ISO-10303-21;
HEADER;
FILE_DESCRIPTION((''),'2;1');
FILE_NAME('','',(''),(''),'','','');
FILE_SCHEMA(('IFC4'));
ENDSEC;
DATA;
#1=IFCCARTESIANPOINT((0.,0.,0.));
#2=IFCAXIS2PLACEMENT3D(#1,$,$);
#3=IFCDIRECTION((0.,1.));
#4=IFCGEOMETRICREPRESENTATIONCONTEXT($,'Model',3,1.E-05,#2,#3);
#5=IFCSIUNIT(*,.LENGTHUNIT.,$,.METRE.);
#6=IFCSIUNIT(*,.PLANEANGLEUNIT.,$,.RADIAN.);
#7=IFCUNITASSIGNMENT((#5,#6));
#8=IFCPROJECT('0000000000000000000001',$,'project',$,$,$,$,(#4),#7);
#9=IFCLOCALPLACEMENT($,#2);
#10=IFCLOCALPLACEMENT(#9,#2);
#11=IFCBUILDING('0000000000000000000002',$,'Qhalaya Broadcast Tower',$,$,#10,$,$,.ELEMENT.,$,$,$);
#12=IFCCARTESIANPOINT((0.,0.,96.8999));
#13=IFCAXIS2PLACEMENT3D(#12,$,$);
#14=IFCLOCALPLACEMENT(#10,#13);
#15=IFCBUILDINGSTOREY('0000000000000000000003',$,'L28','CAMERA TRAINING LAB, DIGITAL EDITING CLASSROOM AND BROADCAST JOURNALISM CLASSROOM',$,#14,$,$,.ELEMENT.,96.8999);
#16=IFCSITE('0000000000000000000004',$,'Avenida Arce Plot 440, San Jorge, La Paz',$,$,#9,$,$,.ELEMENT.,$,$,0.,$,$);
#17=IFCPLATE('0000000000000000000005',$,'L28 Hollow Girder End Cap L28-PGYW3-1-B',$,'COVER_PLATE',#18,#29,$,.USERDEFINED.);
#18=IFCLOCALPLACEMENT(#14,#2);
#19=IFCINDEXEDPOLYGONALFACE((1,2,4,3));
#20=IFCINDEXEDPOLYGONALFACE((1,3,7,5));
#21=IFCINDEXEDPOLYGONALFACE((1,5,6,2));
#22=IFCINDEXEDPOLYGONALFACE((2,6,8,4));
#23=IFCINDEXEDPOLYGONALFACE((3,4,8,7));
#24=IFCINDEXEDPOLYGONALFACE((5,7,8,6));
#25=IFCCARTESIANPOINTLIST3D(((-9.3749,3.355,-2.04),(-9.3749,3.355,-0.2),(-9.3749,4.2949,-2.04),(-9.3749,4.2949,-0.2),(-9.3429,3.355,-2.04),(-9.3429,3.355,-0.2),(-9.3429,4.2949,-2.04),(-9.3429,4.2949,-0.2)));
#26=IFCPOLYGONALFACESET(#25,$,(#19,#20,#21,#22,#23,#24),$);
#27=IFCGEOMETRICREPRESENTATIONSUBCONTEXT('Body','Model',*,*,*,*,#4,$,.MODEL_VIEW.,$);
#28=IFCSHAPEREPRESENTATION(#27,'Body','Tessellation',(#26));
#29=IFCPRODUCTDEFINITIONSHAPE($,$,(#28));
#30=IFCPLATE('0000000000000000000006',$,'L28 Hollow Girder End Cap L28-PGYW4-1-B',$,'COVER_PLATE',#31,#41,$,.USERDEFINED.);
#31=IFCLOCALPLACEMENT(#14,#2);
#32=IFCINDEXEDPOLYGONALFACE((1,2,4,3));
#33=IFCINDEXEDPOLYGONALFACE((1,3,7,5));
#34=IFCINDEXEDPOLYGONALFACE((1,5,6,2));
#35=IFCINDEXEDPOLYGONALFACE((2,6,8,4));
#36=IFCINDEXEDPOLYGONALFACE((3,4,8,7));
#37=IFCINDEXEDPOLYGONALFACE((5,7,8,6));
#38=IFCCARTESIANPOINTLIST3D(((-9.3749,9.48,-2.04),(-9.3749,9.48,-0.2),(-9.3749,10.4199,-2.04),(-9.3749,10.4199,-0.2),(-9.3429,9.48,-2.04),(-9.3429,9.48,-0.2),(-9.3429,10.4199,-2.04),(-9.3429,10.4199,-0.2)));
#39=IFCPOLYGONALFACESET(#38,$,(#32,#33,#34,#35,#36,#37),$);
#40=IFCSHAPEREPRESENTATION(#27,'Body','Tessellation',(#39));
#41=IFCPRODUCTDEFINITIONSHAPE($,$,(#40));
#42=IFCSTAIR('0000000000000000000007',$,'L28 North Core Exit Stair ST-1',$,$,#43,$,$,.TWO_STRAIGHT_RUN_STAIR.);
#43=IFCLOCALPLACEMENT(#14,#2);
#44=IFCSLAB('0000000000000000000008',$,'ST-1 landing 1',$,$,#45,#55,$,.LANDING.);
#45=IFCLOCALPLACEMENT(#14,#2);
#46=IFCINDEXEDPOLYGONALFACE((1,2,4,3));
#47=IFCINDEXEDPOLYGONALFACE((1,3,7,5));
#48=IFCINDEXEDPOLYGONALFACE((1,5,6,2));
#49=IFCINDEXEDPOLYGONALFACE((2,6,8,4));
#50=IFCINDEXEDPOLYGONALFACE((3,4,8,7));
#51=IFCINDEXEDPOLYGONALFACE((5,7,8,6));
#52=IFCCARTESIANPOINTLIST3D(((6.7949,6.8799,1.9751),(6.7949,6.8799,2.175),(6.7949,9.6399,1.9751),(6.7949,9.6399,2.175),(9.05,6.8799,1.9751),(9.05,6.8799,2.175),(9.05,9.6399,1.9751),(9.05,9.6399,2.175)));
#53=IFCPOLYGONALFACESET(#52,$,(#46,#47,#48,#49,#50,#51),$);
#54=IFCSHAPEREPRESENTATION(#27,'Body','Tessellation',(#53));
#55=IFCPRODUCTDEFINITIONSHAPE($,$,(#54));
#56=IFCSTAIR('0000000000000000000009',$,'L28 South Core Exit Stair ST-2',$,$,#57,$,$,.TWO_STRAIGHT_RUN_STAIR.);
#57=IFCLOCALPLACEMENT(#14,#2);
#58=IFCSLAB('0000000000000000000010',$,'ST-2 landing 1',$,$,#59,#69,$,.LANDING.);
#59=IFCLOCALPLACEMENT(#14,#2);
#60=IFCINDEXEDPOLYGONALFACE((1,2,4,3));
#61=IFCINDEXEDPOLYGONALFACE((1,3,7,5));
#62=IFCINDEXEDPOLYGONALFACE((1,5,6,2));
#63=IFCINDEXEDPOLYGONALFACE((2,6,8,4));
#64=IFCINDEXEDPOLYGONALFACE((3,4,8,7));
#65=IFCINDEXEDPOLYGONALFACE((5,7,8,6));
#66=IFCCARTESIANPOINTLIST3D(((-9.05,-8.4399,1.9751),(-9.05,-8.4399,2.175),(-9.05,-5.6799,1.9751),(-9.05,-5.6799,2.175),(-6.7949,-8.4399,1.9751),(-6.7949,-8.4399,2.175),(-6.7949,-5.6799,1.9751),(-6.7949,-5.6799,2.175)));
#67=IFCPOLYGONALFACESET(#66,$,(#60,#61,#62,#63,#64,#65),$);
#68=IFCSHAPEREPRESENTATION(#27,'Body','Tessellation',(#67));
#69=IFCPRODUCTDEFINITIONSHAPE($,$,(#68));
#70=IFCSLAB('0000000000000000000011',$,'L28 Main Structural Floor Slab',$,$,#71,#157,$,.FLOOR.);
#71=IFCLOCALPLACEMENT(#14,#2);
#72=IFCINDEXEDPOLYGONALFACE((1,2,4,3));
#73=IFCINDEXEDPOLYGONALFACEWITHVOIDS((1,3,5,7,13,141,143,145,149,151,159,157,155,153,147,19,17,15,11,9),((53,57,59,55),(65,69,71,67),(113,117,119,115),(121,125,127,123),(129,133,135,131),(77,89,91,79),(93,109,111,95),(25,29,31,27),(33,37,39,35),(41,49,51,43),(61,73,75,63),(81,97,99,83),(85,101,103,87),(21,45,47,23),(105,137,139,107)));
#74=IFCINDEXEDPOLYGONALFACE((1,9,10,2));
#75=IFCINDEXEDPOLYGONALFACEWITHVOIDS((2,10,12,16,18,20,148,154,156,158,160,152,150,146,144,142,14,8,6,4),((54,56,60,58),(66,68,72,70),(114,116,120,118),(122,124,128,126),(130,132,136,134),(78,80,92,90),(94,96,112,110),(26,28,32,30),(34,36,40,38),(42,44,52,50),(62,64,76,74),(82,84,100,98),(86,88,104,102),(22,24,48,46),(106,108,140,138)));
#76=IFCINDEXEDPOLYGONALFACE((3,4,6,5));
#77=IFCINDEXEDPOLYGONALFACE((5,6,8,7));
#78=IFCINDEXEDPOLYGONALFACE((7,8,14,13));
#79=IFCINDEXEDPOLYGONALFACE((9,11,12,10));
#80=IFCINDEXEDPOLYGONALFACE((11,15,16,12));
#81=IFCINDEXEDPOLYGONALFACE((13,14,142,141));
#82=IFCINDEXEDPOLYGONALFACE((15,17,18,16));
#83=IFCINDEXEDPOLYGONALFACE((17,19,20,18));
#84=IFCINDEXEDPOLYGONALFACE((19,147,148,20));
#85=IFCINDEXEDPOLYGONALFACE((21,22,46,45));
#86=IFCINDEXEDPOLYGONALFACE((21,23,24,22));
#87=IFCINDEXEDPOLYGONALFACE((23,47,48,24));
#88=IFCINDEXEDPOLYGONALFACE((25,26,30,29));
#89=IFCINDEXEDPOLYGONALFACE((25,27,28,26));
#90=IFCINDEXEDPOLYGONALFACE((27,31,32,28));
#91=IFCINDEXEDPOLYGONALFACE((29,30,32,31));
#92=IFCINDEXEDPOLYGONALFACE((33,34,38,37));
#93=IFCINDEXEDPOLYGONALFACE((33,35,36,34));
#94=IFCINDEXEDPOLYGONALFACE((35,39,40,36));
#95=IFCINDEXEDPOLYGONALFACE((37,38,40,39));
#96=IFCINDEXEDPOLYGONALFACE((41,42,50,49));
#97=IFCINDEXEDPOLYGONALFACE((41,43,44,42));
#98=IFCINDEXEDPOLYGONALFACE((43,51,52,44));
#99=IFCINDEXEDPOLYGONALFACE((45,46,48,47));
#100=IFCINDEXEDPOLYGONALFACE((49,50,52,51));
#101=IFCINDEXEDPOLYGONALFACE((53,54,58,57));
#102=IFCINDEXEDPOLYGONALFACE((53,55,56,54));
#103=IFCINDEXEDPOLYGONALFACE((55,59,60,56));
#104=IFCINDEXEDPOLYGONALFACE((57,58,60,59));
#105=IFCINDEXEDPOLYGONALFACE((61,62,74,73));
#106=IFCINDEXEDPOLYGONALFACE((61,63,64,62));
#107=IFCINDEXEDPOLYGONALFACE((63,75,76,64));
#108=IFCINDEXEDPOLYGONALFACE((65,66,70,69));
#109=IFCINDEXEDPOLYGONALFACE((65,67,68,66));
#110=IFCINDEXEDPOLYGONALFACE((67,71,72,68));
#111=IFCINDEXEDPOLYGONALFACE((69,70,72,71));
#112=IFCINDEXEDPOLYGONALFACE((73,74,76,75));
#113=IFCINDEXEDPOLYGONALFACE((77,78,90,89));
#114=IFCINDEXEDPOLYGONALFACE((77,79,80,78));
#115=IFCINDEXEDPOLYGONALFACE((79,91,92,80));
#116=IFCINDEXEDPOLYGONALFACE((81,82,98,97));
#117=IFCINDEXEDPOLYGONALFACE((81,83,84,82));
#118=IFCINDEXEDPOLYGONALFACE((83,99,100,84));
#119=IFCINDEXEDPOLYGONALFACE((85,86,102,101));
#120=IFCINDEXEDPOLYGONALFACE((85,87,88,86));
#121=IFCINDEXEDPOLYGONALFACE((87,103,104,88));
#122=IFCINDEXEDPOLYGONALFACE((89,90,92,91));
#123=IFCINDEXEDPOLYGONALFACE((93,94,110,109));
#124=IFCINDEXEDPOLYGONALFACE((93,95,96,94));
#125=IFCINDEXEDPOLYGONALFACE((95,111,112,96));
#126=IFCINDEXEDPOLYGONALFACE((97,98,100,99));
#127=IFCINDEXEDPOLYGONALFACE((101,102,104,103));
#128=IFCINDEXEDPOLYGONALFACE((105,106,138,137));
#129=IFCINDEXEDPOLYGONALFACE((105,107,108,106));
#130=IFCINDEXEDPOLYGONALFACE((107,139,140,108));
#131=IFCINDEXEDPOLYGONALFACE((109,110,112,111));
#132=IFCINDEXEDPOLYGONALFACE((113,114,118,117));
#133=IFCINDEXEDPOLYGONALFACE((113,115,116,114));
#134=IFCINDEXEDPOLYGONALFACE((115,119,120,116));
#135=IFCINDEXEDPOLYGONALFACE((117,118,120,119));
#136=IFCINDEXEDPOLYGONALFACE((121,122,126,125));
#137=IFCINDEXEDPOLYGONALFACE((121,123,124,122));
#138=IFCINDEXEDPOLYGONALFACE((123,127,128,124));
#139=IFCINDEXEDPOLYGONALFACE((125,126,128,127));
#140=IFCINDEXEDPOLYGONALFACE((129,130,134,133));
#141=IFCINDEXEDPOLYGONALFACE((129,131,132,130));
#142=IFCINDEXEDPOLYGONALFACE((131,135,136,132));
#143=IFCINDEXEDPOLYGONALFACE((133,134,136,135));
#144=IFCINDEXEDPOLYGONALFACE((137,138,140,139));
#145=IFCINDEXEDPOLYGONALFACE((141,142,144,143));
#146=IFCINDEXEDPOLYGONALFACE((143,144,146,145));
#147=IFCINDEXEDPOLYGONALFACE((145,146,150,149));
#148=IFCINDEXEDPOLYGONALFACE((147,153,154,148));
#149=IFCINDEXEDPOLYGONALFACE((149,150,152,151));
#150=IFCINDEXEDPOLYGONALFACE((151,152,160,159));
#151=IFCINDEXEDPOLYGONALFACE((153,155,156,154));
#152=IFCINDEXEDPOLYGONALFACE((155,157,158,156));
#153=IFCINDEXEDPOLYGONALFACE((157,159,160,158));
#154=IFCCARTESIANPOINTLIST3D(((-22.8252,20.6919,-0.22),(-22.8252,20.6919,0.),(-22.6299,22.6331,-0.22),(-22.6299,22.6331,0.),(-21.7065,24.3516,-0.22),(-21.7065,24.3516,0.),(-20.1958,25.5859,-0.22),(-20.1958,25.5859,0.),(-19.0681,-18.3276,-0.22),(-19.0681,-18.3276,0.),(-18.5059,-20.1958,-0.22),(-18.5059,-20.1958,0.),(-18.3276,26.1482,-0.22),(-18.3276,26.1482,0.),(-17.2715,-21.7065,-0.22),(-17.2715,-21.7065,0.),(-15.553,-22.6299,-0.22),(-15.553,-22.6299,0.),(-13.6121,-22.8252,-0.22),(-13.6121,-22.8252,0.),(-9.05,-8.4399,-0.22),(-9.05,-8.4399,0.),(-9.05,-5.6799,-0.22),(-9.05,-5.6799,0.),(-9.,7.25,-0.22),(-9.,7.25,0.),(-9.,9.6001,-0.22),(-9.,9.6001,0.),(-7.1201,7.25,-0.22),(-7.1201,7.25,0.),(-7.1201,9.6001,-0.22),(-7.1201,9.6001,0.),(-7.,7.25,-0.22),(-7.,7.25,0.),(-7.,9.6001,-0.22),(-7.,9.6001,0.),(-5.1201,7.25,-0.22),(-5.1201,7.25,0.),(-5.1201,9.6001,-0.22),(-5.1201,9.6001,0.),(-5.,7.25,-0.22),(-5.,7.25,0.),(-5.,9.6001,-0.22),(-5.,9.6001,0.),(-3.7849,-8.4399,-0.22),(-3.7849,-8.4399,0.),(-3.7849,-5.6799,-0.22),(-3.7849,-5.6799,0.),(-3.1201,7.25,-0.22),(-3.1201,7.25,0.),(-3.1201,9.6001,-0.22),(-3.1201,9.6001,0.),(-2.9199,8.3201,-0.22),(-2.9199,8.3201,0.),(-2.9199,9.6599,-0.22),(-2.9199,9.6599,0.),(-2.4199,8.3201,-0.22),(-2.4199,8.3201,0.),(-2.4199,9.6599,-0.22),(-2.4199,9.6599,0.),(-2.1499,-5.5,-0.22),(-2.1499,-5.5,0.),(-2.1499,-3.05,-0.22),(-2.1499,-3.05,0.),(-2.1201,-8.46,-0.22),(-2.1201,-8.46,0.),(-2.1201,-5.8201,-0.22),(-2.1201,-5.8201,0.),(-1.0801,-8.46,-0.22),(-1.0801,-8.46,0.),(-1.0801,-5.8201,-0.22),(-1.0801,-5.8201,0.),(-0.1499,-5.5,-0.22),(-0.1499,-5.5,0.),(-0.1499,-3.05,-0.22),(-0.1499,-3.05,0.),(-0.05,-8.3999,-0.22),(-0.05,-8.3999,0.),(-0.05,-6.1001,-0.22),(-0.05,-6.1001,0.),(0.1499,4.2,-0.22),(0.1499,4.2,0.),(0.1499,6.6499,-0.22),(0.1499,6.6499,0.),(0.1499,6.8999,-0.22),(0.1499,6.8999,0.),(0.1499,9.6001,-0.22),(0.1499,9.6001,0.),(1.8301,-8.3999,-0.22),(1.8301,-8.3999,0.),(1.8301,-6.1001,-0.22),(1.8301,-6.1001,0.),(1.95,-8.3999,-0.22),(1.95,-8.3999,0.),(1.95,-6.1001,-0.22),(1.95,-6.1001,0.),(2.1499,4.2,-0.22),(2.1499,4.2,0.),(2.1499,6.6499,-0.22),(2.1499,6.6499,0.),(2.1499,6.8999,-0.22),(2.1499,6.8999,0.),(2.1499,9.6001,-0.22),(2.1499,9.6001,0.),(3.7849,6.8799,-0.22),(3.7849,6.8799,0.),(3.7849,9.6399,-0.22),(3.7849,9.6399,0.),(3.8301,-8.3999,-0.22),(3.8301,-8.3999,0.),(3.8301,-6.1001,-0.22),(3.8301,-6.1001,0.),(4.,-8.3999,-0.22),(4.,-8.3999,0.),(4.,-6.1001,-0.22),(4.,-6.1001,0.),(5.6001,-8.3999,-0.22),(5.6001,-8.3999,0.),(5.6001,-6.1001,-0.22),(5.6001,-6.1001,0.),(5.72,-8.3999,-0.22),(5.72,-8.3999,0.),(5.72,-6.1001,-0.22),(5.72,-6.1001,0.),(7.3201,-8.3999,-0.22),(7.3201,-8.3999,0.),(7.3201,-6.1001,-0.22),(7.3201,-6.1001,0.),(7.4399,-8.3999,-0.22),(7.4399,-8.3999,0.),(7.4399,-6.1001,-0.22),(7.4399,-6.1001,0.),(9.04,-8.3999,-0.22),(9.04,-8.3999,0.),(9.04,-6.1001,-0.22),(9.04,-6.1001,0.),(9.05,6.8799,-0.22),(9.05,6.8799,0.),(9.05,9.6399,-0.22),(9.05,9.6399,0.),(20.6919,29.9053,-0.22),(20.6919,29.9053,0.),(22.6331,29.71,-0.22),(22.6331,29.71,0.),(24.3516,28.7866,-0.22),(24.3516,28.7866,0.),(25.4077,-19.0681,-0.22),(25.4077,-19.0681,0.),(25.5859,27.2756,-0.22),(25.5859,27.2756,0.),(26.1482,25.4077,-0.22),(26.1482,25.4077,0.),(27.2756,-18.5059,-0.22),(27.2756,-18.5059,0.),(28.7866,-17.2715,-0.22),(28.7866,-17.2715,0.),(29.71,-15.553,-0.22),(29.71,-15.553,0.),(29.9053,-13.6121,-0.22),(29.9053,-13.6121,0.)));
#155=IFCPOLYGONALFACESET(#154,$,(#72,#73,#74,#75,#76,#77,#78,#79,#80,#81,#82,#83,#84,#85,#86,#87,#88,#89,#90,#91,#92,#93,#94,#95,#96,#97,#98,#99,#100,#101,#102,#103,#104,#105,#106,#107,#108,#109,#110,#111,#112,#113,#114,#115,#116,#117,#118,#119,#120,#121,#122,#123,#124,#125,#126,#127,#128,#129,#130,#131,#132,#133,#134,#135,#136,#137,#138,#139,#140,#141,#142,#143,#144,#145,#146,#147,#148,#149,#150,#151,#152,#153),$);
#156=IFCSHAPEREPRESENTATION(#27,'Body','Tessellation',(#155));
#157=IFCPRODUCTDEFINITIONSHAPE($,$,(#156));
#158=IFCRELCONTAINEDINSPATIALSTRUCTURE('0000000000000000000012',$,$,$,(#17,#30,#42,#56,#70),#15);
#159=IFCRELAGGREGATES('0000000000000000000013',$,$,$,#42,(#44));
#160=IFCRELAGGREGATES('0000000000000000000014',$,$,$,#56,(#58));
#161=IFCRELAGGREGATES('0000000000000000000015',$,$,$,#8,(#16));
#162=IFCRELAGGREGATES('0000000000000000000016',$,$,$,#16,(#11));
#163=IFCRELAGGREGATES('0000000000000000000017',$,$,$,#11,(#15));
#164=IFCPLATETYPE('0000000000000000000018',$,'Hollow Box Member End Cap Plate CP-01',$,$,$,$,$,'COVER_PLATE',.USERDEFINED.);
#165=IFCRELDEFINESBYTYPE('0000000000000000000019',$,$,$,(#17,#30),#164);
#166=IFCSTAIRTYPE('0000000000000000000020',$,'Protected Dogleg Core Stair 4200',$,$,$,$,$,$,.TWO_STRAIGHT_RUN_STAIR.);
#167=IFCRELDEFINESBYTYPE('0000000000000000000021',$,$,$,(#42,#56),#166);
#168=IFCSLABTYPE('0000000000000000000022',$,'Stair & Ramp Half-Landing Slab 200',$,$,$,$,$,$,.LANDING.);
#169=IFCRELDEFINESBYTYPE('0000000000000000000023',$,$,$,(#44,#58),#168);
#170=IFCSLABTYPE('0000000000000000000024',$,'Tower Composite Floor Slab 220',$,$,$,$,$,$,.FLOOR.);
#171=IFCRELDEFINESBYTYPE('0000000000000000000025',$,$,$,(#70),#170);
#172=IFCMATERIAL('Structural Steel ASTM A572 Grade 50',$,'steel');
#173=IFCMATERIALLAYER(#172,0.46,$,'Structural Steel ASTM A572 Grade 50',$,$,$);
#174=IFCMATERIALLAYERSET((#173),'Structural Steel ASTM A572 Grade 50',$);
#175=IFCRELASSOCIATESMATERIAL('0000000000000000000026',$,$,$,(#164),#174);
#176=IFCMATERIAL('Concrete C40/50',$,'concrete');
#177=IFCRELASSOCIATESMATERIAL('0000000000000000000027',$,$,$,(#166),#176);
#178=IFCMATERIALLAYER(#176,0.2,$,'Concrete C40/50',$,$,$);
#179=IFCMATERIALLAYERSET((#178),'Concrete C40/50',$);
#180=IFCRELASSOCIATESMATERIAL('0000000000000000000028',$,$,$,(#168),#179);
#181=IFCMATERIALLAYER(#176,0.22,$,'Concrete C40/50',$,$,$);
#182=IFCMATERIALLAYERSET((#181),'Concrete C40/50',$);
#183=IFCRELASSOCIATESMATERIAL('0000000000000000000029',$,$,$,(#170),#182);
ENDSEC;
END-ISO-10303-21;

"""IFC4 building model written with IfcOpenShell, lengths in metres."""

from ifc_helpers import new_model, si_unit, direction, frame, origin, origin_2d, place, context, subcontext, project, spatial, polyline, rectangle, outline, extrude, material, layer, layer_set, type_object, element, aggregate, save


model = new_model("IFC4")

# Units and contexts
model_context = context("Model", 3, precision=1e-05, world=origin(), true_north=direction((0.0, 1.0)))
body_context = subcontext(model_context, "Body", "Model", "MODEL_VIEW")
ifc_project = project(units=[si_unit("LENGTHUNIT", "METRE"), si_unit("PLANEANGLEUNIT", "RADIAN")], contexts=[model_context])

# Site, building, storey
site_placement = place(None, origin())
site = spatial("IfcSite", under=ifc_project, at=site_placement, Name="Avenida Arce Plot 440, San Jorge, La Paz", CompositionType="ELEMENT", RefElevation=0.0)
building_placement = place(site_placement, origin())
building = spatial("IfcBuilding", under=site, at=building_placement, Name="Qhalaya Broadcast Tower", CompositionType="ELEMENT")
storey_placement = place(building_placement, frame((0.0, 0.0, 96.8999)))
storey = spatial("IfcBuildingStorey", under=building, at=storey_placement, Name="L28", Description="CAMERA TRAINING LAB, DIGITAL EDITING CLASSROOM AND BROADCAST JOURNALISM CLASSROOM", CompositionType="ELEMENT", Elevation=96.8999)

# Plates
ifc_material_1 = material(Name="Structural Steel ASTM A572 Grade 50", Category="steel")
ifc_layer_1 = layer(ifc_material_1, 0.46, Name="Structural Steel ASTM A572 Grade 50")
ifc_layer_set_1 = layer_set([ifc_layer_1], Name="Structural Steel ASTM A572 Grade 50")
plate_type = type_object("IfcPlateType", Name="Hollow Box Member End Cap Plate CP-01", ElementType="COVER_PLATE", PredefinedType="USERDEFINED", material=ifc_layer_set_1)
for number, where, z_axis, x_axis, name in (
    (1, (-9.3589, 3.825, -2.04), (0.0, 0.0, 1.0), (0.0, 1.0, 0.0), "L28 Hollow Girder End Cap L28-PGYW3-1-B"),
    (2, (-9.3589, 9.95, -2.04), (0.0, 0.0, 1.0), (0.0, 1.0, 0.0), "L28 Hollow Girder End Cap L28-PGYW4-1-B"),
):
    element("IfcPlate", number, at=place(storey_placement, frame(where, z_axis=z_axis, x_axis=x_axis)), inside=storey, type_object=plate_type, Name=name, ObjectType="COVER_PLATE", PredefinedType="USERDEFINED", context=body_context, shape_type="SweptSolid", body=[
        extrude(rectangle(XDim=0.9399, YDim=0.032, at=origin_2d()), origin(), (0.0, 0.0, 1.0), 1.8401),
    ])

# Stairs, slabs
ifc_material_2 = material(Name="Concrete C40/50", Category="concrete")
stair_type = type_object("IfcStairType", Name="Protected Dogleg Core Stair 4200", PredefinedType="TWO_STRAIGHT_RUN_STAIR", material=ifc_material_2)
stair_1_placement = place(storey_placement, origin())
stair_1 = element("IfcStair", 3, at=stair_1_placement, inside=storey, type_object=stair_type, Name="L28 North Core Exit Stair ST-1", PredefinedType="TWO_STRAIGHT_RUN_STAIR")
ifc_layer_2 = layer(ifc_material_2, 0.2, Name="Concrete C40/50")
ifc_layer_set_2 = layer_set([ifc_layer_2], Name="Concrete C40/50")
slab_type_1 = type_object("IfcSlabType", Name="Stair & Ramp Half-Landing Slab 200", PredefinedType="LANDING", material=ifc_layer_set_2)
slab_1_placement = place(storey_placement, frame((0.0, 0.0, 1.9751)))
slab_1 = element("IfcSlab", 4, at=slab_1_placement, type_object=slab_type_1, Name="ST-1 landing 1", PredefinedType="LANDING", context=body_context, shape_type="SweptSolid", body=[
    extrude(outline(polyline([(6.7949, 6.8799), (9.05, 6.8799), (9.05, 9.6399), (6.7949, 9.6399), (6.7949, 6.8799)])), origin(), (0.0, 0.0, 1.0), 0.2),
])
aggregate(stair_1, [slab_1])
stair_2_placement = place(storey_placement, origin())
stair_2 = element("IfcStair", 5, at=stair_2_placement, inside=storey, type_object=stair_type, Name="L28 South Core Exit Stair ST-2", PredefinedType="TWO_STRAIGHT_RUN_STAIR")
slab_2_placement = place(storey_placement, frame((0.0, 0.0, 1.9751)))
slab_2 = element("IfcSlab", 6, at=slab_2_placement, type_object=slab_type_1, Name="ST-2 landing 1", PredefinedType="LANDING", context=body_context, shape_type="SweptSolid", body=[
    extrude(outline(polyline([(-6.7949, -5.6799), (-9.05, -5.6799), (-9.05, -8.4399), (-6.7949, -8.4399), (-6.7949, -5.6799)])), origin(), (0.0, 0.0, 1.0), 0.2),
])
aggregate(stair_2, [slab_2])

# Slab
ifc_layer_3 = layer(ifc_material_2, 0.22, Name="Concrete C40/50")
ifc_layer_set_3 = layer_set([ifc_layer_3], Name="Concrete C40/50")
slab_type_2 = type_object("IfcSlabType", Name="Tower Composite Floor Slab 220", PredefinedType="FLOOR", material=ifc_layer_set_3)
slab_3_placement = place(storey_placement, frame((0.0, 0.0, -0.22)))
element("IfcSlab", 7, at=slab_3_placement, inside=storey, type_object=slab_type_2, Name="L28 Main Structural Floor Slab", PredefinedType="FLOOR", context=body_context, shape_type="SweptSolid", body=[
    extrude(outline(polyline([(25.4077, -19.0681), (27.2756, -18.5059), (28.7866, -17.2715), (29.71, -15.553), (29.9053, -13.6121), (26.1482, 25.4077), (25.5859, 27.2756), (24.3516, 28.7866), (22.6331, 29.71), (20.6919, 29.9053), (-18.3276, 26.1482), (-20.1958, 25.5859), (-21.7065, 24.3516), (-22.6299, 22.6331), (-22.8252, 20.6919), (-19.0681, -18.3276), (-18.5059, -20.1958), (-17.2715, -21.7065), (-15.553, -22.6299), (-13.6121, -22.8252), (25.4077, -19.0681)]), holes=[polyline([(3.7849, 9.6399), (9.05, 9.6399), (9.05, 6.8799), (3.7849, 6.8799), (3.7849, 9.6399)]), polyline([(-3.7849, -8.4399), (-9.05, -8.4399), (-9.05, -5.6799), (-3.7849, -5.6799), (-3.7849, -8.4399)]), polyline([(0.1499, 6.6499), (2.1499, 6.6499), (2.1499, 4.2), (0.1499, 4.2), (0.1499, 6.6499)]), polyline([(0.1499, 9.6001), (2.1499, 9.6001), (2.1499, 6.8999), (0.1499, 6.8999), (0.1499, 9.6001)]), polyline([(-2.1499, -3.05), (-0.1499, -3.05), (-0.1499, -5.5), (-2.1499, -5.5), (-2.1499, -3.05)]), polyline([(-9.0, 9.6001), (-7.1201, 9.6001), (-7.1201, 7.25), (-9.0, 7.25), (-9.0, 9.6001)]), polyline([(-7.0, 9.6001), (-5.1201, 9.6001), (-5.1201, 7.25), (-7.0, 7.25), (-7.0, 9.6001)]), polyline([(-5.0, 9.6001), (-3.1201, 9.6001), (-3.1201, 7.25), (-5.0, 7.25), (-5.0, 9.6001)]), polyline([(-0.05, -6.1001), (1.8301, -6.1001), (1.8301, -8.3999), (-0.05, -8.3999), (-0.05, -6.1001)]), polyline([(1.95, -6.1001), (3.8301, -6.1001), (3.8301, -8.3999), (1.95, -8.3999), (1.95, -6.1001)]), polyline([(4.0, -6.1001), (5.6001, -6.1001), (5.6001, -8.3999), (4.0, -8.3999), (4.0, -6.1001)]), polyline([(5.72, -6.1001), (7.3201, -6.1001), (7.3201, -8.3999), (5.72, -8.3999), (5.72, -6.1001)]), polyline([(7.4399, -6.1001), (9.04, -6.1001), (9.04, -8.3999), (7.4399, -8.3999), (7.4399, -6.1001)]), polyline([(-2.9199, 9.6599), (-2.4199, 9.6599), (-2.4199, 8.3201), (-2.9199, 8.3201), (-2.9199, 9.6599)]), polyline([(-2.1201, -5.8201), (-1.0801, -5.8201), (-1.0801, -8.46), (-2.1201, -8.46), (-2.1201, -5.8201)])]), origin(), (0.0, 0.0, 1.0), 0.22),
])

save(model, "model.ifc")
